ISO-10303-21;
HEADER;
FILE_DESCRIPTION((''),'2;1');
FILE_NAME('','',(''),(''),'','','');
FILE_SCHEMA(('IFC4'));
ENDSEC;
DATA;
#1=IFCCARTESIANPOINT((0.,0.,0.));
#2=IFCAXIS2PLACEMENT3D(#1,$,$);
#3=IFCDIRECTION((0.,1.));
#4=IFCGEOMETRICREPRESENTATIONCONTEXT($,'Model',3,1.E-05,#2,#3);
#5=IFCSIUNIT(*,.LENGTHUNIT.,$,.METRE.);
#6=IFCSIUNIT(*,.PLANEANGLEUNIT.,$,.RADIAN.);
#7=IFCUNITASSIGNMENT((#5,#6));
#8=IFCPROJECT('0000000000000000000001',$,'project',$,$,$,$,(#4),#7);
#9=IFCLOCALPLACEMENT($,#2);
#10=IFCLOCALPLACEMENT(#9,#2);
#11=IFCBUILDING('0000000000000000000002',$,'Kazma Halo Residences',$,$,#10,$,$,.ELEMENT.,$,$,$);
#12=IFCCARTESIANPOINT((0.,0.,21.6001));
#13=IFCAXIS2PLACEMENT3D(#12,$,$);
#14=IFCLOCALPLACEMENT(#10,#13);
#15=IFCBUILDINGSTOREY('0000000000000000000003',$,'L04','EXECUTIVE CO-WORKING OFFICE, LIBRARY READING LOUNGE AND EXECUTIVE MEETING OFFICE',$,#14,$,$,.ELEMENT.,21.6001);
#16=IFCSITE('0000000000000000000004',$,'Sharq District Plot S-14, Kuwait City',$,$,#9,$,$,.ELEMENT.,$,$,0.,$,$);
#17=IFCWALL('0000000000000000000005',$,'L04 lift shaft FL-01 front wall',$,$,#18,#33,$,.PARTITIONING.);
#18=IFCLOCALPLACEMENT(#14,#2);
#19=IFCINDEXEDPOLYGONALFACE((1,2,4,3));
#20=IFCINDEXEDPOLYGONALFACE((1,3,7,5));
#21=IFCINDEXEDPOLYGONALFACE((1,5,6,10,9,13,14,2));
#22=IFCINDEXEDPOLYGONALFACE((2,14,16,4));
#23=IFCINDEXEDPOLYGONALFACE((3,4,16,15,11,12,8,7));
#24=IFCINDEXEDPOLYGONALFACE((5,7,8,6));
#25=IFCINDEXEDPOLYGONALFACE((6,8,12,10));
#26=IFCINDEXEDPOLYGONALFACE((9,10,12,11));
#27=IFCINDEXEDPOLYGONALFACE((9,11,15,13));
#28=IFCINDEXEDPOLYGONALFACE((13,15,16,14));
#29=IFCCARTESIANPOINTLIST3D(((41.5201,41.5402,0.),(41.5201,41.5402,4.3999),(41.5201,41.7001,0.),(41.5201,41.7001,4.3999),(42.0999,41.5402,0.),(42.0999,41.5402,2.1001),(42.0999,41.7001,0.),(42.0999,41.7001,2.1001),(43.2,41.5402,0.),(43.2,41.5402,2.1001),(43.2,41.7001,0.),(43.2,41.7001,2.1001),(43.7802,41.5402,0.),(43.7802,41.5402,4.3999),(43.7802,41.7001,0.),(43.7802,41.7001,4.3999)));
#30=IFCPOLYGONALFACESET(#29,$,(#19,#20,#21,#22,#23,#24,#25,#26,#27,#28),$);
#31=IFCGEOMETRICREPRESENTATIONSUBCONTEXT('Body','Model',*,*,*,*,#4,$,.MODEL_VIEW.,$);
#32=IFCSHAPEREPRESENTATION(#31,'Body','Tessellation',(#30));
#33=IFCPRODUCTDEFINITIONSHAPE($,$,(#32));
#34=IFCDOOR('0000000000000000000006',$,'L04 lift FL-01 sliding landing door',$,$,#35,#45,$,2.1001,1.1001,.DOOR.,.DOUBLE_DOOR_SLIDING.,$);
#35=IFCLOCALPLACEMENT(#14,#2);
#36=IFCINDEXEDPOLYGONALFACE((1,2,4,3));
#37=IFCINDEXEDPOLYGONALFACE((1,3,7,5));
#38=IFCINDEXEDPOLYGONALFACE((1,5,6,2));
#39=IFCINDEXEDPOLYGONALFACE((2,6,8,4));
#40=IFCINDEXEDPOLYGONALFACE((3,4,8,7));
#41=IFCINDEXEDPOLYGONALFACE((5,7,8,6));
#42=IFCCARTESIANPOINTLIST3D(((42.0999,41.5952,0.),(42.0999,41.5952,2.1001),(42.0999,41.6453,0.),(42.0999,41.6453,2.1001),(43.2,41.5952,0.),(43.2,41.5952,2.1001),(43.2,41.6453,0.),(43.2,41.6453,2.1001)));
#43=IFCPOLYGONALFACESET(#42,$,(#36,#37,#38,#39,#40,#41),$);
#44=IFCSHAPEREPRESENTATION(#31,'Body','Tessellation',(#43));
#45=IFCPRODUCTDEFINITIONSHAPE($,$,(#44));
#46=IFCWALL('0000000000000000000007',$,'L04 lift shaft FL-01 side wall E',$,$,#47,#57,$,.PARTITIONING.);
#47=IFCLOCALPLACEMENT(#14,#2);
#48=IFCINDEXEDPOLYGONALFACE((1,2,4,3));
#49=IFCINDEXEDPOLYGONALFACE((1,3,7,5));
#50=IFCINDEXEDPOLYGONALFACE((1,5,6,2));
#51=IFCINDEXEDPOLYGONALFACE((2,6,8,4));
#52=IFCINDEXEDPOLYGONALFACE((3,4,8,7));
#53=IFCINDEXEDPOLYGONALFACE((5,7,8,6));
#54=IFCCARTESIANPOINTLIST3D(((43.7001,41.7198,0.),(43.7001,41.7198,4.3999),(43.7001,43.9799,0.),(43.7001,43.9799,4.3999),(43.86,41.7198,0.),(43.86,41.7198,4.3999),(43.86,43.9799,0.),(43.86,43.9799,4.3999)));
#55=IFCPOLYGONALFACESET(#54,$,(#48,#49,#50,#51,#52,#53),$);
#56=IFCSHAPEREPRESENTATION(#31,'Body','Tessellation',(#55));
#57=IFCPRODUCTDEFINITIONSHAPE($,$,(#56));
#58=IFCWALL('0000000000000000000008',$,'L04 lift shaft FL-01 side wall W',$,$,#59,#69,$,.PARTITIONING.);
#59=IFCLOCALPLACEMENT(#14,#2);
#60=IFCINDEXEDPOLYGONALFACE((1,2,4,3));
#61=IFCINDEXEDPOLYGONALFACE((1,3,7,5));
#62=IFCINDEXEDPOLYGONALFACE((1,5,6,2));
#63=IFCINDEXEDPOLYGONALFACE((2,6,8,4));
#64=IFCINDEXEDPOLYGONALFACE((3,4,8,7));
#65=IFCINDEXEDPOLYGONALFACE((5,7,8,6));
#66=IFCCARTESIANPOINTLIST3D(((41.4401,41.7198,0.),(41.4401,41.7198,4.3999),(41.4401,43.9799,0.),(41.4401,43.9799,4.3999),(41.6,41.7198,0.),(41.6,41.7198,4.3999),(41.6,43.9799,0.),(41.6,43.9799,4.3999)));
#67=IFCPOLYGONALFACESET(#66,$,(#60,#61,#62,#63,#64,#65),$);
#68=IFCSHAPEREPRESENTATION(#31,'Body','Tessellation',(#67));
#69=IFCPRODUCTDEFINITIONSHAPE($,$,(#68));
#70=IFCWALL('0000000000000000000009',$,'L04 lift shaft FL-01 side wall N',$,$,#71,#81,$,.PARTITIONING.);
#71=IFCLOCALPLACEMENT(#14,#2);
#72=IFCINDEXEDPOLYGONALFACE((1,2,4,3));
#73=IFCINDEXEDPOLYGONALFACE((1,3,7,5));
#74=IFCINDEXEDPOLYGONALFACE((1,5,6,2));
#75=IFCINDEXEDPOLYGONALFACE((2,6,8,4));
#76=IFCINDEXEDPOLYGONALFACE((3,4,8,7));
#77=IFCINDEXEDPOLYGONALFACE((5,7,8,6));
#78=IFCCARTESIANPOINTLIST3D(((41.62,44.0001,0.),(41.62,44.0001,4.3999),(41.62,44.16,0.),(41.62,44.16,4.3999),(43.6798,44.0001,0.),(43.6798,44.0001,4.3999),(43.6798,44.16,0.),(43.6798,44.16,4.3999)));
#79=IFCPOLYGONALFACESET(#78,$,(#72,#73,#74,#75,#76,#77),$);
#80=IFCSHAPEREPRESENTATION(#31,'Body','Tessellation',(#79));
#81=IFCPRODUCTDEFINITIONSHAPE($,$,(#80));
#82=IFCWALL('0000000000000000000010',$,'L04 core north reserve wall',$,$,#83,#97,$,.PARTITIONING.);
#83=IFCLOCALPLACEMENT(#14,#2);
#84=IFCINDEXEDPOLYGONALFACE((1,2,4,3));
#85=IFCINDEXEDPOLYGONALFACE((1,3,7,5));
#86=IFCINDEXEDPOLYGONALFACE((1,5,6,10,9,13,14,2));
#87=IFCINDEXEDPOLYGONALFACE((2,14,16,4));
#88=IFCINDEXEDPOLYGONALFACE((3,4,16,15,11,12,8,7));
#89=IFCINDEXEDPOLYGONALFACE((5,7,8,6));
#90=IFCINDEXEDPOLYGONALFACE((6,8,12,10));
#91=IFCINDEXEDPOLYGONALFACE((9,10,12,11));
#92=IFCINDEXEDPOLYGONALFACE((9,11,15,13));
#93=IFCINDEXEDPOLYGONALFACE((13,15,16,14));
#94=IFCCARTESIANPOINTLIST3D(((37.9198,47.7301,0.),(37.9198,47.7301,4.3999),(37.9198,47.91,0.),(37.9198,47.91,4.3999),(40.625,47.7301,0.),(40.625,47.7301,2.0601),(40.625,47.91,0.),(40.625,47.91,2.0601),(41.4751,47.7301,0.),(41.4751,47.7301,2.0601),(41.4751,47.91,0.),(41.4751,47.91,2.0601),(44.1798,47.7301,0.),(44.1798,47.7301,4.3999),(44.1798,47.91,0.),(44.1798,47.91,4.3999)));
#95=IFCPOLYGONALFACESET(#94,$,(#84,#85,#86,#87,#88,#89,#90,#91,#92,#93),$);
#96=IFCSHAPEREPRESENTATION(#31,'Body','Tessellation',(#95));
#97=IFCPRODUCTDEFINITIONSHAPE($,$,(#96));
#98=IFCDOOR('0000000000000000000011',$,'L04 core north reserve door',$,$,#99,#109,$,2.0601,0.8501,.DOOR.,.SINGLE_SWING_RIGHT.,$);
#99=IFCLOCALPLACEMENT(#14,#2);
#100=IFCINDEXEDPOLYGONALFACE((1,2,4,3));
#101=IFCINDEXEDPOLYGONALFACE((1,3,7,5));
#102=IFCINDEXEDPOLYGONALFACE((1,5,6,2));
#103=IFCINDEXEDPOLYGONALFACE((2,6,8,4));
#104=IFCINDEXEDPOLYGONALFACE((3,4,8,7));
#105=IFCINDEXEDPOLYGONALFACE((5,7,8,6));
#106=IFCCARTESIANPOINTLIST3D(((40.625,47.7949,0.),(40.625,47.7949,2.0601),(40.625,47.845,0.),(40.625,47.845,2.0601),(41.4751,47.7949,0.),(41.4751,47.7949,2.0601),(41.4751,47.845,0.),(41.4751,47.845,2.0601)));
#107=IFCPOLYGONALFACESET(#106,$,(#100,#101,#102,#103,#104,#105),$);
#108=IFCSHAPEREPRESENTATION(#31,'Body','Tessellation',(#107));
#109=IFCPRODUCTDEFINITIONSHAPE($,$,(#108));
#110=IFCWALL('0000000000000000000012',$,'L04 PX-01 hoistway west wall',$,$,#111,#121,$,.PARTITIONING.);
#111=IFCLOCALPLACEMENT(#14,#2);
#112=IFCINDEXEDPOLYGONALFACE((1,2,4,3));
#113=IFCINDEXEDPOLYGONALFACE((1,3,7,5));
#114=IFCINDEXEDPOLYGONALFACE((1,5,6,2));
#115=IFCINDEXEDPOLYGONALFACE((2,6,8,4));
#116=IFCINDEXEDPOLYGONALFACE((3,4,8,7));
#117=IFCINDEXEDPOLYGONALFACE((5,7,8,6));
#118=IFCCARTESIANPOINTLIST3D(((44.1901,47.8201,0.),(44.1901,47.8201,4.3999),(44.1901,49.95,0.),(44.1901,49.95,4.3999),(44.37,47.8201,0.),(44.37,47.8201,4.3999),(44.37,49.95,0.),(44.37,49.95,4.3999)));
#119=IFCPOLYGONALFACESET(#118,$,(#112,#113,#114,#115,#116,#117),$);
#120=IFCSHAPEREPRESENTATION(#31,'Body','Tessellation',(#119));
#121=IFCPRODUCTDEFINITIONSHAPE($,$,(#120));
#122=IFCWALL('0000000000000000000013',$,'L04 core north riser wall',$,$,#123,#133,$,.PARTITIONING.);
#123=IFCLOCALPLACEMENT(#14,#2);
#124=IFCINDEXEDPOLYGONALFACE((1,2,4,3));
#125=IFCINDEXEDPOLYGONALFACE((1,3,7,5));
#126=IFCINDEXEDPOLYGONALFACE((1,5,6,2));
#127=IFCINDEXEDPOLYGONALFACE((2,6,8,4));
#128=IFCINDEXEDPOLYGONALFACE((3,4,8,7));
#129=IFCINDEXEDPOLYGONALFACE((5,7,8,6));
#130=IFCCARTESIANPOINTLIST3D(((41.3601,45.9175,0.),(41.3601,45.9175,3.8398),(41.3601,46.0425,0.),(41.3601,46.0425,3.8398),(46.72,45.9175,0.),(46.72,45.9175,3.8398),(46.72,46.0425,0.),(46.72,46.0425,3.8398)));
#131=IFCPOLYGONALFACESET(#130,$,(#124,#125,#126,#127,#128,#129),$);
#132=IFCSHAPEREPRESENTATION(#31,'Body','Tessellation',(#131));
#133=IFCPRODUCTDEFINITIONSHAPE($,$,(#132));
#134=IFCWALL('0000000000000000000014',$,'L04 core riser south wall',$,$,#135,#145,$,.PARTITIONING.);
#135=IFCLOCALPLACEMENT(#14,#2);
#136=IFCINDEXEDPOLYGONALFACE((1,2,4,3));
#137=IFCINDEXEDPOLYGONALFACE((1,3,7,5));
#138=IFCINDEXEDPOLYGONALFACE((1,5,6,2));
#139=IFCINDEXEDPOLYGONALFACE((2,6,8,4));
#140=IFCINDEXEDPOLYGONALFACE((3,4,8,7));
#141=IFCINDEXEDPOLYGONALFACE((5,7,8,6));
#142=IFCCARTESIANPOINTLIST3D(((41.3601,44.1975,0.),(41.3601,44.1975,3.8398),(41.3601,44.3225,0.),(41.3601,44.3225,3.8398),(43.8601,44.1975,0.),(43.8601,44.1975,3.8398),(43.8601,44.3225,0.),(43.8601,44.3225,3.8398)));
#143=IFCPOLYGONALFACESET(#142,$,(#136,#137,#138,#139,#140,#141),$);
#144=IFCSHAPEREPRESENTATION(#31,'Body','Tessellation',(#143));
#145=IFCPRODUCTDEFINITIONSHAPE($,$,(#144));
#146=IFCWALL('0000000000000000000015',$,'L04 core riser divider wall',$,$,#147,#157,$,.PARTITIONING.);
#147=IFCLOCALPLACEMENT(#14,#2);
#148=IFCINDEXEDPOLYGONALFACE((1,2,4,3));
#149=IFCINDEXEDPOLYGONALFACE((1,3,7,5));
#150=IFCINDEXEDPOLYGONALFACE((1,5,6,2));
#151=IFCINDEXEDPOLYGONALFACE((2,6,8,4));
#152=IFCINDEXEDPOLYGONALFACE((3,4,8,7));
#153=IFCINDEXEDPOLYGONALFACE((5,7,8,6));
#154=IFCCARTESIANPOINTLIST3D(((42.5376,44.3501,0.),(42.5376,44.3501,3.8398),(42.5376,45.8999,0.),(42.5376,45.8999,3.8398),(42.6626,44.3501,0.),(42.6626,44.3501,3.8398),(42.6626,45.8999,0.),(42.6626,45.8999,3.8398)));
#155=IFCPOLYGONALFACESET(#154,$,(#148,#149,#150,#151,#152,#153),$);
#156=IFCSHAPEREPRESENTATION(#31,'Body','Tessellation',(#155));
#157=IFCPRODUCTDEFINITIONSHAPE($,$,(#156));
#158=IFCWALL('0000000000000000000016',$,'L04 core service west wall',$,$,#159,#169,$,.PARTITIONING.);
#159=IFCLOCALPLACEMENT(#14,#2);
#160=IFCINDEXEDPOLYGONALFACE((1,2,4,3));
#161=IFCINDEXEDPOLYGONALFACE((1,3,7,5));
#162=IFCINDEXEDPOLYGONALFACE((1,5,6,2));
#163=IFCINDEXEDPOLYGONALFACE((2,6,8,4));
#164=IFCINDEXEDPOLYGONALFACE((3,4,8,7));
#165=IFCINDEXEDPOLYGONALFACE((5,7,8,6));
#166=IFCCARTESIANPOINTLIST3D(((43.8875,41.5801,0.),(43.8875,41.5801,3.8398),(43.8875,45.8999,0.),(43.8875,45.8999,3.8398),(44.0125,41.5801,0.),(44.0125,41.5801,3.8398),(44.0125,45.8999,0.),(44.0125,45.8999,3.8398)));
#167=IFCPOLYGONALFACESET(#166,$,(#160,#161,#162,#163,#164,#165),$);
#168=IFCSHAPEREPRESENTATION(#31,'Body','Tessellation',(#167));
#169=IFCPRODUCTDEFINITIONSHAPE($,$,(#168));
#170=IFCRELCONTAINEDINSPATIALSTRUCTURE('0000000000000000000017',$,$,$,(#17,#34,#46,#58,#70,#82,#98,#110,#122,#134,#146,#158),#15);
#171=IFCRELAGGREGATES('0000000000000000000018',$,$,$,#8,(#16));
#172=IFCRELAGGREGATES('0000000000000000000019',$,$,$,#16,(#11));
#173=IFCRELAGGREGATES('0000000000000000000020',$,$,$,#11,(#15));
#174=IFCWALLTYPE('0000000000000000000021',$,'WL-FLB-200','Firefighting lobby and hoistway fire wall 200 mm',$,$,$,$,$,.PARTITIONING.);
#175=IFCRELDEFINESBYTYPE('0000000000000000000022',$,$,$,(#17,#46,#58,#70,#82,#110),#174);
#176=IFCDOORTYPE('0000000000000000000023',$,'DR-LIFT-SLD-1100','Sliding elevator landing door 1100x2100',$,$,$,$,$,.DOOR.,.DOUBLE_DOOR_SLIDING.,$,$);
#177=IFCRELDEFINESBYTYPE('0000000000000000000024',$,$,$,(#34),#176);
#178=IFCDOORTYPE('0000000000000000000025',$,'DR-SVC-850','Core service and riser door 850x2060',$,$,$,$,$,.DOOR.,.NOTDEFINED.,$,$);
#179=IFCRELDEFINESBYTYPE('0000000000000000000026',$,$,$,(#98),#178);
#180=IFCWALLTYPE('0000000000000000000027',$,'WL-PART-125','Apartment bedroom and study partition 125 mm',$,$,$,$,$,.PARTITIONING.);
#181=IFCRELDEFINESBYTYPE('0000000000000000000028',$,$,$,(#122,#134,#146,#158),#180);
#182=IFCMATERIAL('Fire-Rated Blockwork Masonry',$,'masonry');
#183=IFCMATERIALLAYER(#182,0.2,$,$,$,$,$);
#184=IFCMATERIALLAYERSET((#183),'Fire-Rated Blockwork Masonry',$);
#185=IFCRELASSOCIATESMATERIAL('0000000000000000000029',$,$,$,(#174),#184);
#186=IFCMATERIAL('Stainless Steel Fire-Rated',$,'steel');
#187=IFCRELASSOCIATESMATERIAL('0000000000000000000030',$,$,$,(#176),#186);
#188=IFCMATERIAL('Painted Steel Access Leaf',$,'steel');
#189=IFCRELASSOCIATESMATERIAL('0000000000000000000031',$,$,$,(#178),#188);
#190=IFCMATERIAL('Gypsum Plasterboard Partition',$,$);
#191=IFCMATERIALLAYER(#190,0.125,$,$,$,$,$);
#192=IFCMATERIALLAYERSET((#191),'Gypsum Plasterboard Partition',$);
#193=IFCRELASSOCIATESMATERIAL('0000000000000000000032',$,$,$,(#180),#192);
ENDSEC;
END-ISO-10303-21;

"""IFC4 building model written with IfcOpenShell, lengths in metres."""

from ifc_helpers import new_model, si_unit, direction, frame, frame_2d, origin, place, context, subcontext, project, spatial, rectangle, extrude, material, layer, layer_set, type_object, element, fill, save


model = new_model("IFC4")

# Units and contexts
model_context = context("Model", 3, precision=1e-05, world=origin(), true_north=direction((0.0, 1.0)))
body_context = subcontext(model_context, "Body", "Model", "MODEL_VIEW")
ifc_project = project(units=[si_unit("LENGTHUNIT", "METRE"), si_unit("PLANEANGLEUNIT", "RADIAN")], contexts=[model_context])

# Site, building, storey
site_placement = place(None, origin())
site = spatial("IfcSite", under=ifc_project, at=site_placement, Name="Sharq District Plot S-14, Kuwait City", CompositionType="ELEMENT", RefElevation=0.0)
building_placement = place(site_placement, origin())
building = spatial("IfcBuilding", under=site, at=building_placement, Name="Kazma Halo Residences", CompositionType="ELEMENT")
storey_placement = place(building_placement, frame((0.0, 0.0, 21.6001)))
storey = spatial("IfcBuildingStorey", under=building, at=storey_placement, Name="L04", Description="EXECUTIVE CO-WORKING OFFICE, LIBRARY READING LOUNGE AND EXECUTIVE MEETING OFFICE", CompositionType="ELEMENT", Elevation=21.6001)

# Shared definitions
ifc_material_1 = material(Name="Fire-Rated Blockwork Masonry", Category="masonry")
ifc_layer_1 = layer(ifc_material_1, 0.2)
ifc_layer_set_1 = layer_set([ifc_layer_1], Name="Fire-Rated Blockwork Masonry")
wall_type_1 = type_object("IfcWallType", Name="WL-FLB-200", Description="Firefighting lobby and hoistway fire wall 200 mm", PredefinedType="PARTITIONING", material=ifc_layer_set_1)

# Wall, opening, door
wall_1_placement = place(storey_placement, frame((43.78, 41.6201, 0.0), z_axis=(0.0, 0.0, 1.0), x_axis=(-1.0, 0.0, 0.0)))
wall_1 = element("IfcWall", 1, at=wall_1_placement, inside=storey, type_object=wall_type_1, Name="L04 lift shaft FL-01 front wall", PredefinedType="PARTITIONING", context=body_context, shape_type="SweptSolid", body=[
    extrude(rectangle(XDim=2.26, YDim=0.1599, at=frame_2d((1.1299, 0.0))), origin(), (0.0, 0.0, 1.0), 4.3999),
])
opening_1_placement = place(wall_1_placement, frame((0.5801, 0.0, 0.0)))
opening_1 = element("IfcOpeningElement", 2, at=opening_1_placement, cuts=wall_1, PredefinedType="OPENING", context=body_context, shape_type="SweptSolid", body=[
    extrude(rectangle(XDim=1.1001, YDim=2.1001, at=frame_2d((0.55, 1.05))), frame((0.0, 0.0898, 0.0), z_axis=(0.0, -1.0, 0.0), x_axis=(1.0, 0.0, 0.0)), (0.0, 0.0, 1.0), 0.1799),
])
ifc_material_2 = material(Name="Stainless Steel Fire-Rated", Category="steel")
door_type_1 = type_object("IfcDoorType", Name="DR-LIFT-SLD-1100", Description="Sliding elevator landing door 1100x2100", OperationType="DOUBLE_DOOR_SLIDING", PredefinedType="DOOR", material=ifc_material_2)
door_1_placement = place(opening_1_placement, origin())
door_1 = element("IfcDoor", 3, at=door_1_placement, inside=storey, type_object=door_type_1, Name="L04 lift FL-01 sliding landing door", OperationType="DOUBLE_DOOR_SLIDING", OverallHeight=2.1001, OverallWidth=1.1001, PredefinedType="DOOR", context=body_context, shape_type="SweptSolid", body=[
    extrude(rectangle(XDim=1.1001, YDim=2.1001, at=frame_2d((0.55, 1.05))), frame((0.0, 0.0249, 0.0), z_axis=(0.0, -1.0, 0.0), x_axis=(1.0, 0.0, 0.0)), (0.0, 0.0, 1.0), 0.05),
])
fill(opening_1, door_1)

# Walls
for number, where, z_axis, x_axis, name in (
    (4, (43.78, 41.72, 0.0), (0.0, 0.0, 1.0), (0.0, 1.0, 0.0), "L04 lift shaft FL-01 side wall E"),
    (5, (41.52, 41.72, 0.0), (0.0, 0.0, 1.0), (0.0, 1.0, 0.0), "L04 lift shaft FL-01 side wall W"),
):
    element("IfcWall", number, at=place(storey_placement, frame(where, z_axis=z_axis, x_axis=x_axis)), inside=storey, type_object=wall_type_1, Name=name, PredefinedType="PARTITIONING", context=body_context, shape_type="SweptSolid", body=[
        extrude(rectangle(XDim=2.26, YDim=0.1599, at=frame_2d((1.1299, 0.0))), origin(), (0.0, 0.0, 1.0), 4.3999),
    ])
wall_2_placement = place(storey_placement, frame((41.6201, 44.0801, 0.0), z_axis=(0.0, 0.0, 1.0), x_axis=(1.0, 0.0, 0.0)))
element("IfcWall", 6, at=wall_2_placement, inside=storey, type_object=wall_type_1, Name="L04 lift shaft FL-01 side wall N", PredefinedType="PARTITIONING", context=body_context, shape_type="SweptSolid", body=[
    extrude(rectangle(XDim=2.0598, YDim=0.1599, at=frame_2d((1.0298, 0.0))), origin(), (0.0, 0.0, 1.0), 4.3999),
])

# Wall, opening, door
wall_3_placement = place(storey_placement, frame((37.9199, 47.8201, 0.0), z_axis=(0.0, 0.0, 1.0), x_axis=(1.0, 0.0, 0.0)))
wall_3 = element("IfcWall", 7, at=wall_3_placement, inside=storey, type_object=wall_type_1, Name="L04 core north reserve wall", PredefinedType="PARTITIONING", context=body_context, shape_type="SweptSolid", body=[
    extrude(rectangle(XDim=6.26, YDim=0.1799, at=frame_2d((3.1299, 0.0))), origin(), (0.0, 0.0, 1.0), 4.3999),
])
opening_2_placement = place(wall_3_placement, frame((2.7051, 0.0, 0.0)))
opening_2 = element("IfcOpeningElement", 8, at=opening_2_placement, cuts=wall_3, PredefinedType="OPENING", context=body_context, shape_type="SweptSolid", body=[
    extrude(rectangle(XDim=0.8501, YDim=2.0601, at=frame_2d((0.425, 1.03))), frame((0.0, 0.0999, 0.0), z_axis=(0.0, -1.0, 0.0), x_axis=(1.0, 0.0, 0.0)), (0.0, 0.0, 1.0), 0.2),
])
ifc_material_3 = material(Name="Painted Steel Access Leaf", Category="steel")
door_type_2 = type_object("IfcDoorType", Name="DR-SVC-850", Description="Core service and riser door 850x2060", OperationType="NOTDEFINED", PredefinedType="DOOR", material=ifc_material_3)
door_2_placement = place(opening_2_placement, origin())
door_2 = element("IfcDoor", 9, at=door_2_placement, inside=storey, type_object=door_type_2, Name="L04 core north reserve door", OperationType="SINGLE_SWING_RIGHT", OverallHeight=2.0601, OverallWidth=0.8501, PredefinedType="DOOR", context=body_context, shape_type="SweptSolid", body=[
    extrude(rectangle(XDim=0.8501, YDim=2.0601, at=frame_2d((0.425, 1.03))), frame((0.0, 0.0249, 0.0), z_axis=(0.0, -1.0, 0.0), x_axis=(1.0, 0.0, 0.0)), (0.0, 0.0, 1.0), 0.05),
])
fill(opening_2, door_2)

# Walls
wall_4_placement = place(storey_placement, frame((44.28, 47.8201, 0.0), z_axis=(0.0, 0.0, 1.0), x_axis=(0.0, 1.0, 0.0)))
element("IfcWall", 10, at=wall_4_placement, inside=storey, type_object=wall_type_1, Name="L04 PX-01 hoistway west wall", PredefinedType="PARTITIONING", context=body_context, shape_type="SweptSolid", body=[
    extrude(rectangle(XDim=2.1299, YDim=0.1799, at=frame_2d((1.0649, 0.0))), origin(), (0.0, 0.0, 1.0), 4.3999),
])
ifc_material_4 = material(Name="Gypsum Plasterboard Partition")
ifc_layer_2 = layer(ifc_material_4, 0.125)
ifc_layer_set_2 = layer_set([ifc_layer_2], Name="Gypsum Plasterboard Partition")
wall_type_2 = type_object("IfcWallType", Name="WL-PART-125", Description="Apartment bedroom and study partition 125 mm", PredefinedType="PARTITIONING", material=ifc_layer_set_2)
wall_5_placement = place(storey_placement, frame((41.3601, 45.98, 0.0), z_axis=(0.0, 0.0, 1.0), x_axis=(1.0, 0.0, 0.0)))
element("IfcWall", 11, at=wall_5_placement, inside=storey, type_object=wall_type_2, Name="L04 core north riser wall", PredefinedType="PARTITIONING", context=body_context, shape_type="SweptSolid", body=[
    extrude(rectangle(XDim=5.3599, YDim=0.125, at=frame_2d((2.6799, 0.0))), origin(), (0.0, 0.0, 1.0), 3.8398),
])
wall_6_placement = place(storey_placement, frame((41.3601, 44.26, 0.0), z_axis=(0.0, 0.0, 1.0), x_axis=(1.0, 0.0, 0.0)))
element("IfcWall", 12, at=wall_6_placement, inside=storey, type_object=wall_type_2, Name="L04 core riser south wall", PredefinedType="PARTITIONING", context=body_context, shape_type="SweptSolid", body=[
    extrude(rectangle(XDim=2.5, YDim=0.125, at=frame_2d((1.25, 0.0))), origin(), (0.0, 0.0, 1.0), 3.8398),
])
wall_7_placement = place(storey_placement, frame((42.6001, 44.3501, 0.0), z_axis=(0.0, 0.0, 1.0), x_axis=(0.0, 1.0, 0.0)))
element("IfcWall", 13, at=wall_7_placement, inside=storey, type_object=wall_type_2, Name="L04 core riser divider wall", PredefinedType="PARTITIONING", context=body_context, shape_type="SweptSolid", body=[
    extrude(rectangle(XDim=1.5498, YDim=0.125, at=frame_2d((0.7749, 0.0))), origin(), (0.0, 0.0, 1.0), 3.8398),
])
wall_8_placement = place(storey_placement, frame((43.95, 41.5801, 0.0), z_axis=(0.0, 0.0, 1.0), x_axis=(0.0, 1.0, 0.0)))
element("IfcWall", 14, at=wall_8_placement, inside=storey, type_object=wall_type_2, Name="L04 core service west wall", PredefinedType="PARTITIONING", context=body_context, shape_type="SweptSolid", body=[
    extrude(rectangle(XDim=4.3198, YDim=0.125, at=frame_2d((2.1599, 0.0))), origin(), (0.0, 0.0, 1.0), 3.8398),
])

save(model, "model.ifc")
